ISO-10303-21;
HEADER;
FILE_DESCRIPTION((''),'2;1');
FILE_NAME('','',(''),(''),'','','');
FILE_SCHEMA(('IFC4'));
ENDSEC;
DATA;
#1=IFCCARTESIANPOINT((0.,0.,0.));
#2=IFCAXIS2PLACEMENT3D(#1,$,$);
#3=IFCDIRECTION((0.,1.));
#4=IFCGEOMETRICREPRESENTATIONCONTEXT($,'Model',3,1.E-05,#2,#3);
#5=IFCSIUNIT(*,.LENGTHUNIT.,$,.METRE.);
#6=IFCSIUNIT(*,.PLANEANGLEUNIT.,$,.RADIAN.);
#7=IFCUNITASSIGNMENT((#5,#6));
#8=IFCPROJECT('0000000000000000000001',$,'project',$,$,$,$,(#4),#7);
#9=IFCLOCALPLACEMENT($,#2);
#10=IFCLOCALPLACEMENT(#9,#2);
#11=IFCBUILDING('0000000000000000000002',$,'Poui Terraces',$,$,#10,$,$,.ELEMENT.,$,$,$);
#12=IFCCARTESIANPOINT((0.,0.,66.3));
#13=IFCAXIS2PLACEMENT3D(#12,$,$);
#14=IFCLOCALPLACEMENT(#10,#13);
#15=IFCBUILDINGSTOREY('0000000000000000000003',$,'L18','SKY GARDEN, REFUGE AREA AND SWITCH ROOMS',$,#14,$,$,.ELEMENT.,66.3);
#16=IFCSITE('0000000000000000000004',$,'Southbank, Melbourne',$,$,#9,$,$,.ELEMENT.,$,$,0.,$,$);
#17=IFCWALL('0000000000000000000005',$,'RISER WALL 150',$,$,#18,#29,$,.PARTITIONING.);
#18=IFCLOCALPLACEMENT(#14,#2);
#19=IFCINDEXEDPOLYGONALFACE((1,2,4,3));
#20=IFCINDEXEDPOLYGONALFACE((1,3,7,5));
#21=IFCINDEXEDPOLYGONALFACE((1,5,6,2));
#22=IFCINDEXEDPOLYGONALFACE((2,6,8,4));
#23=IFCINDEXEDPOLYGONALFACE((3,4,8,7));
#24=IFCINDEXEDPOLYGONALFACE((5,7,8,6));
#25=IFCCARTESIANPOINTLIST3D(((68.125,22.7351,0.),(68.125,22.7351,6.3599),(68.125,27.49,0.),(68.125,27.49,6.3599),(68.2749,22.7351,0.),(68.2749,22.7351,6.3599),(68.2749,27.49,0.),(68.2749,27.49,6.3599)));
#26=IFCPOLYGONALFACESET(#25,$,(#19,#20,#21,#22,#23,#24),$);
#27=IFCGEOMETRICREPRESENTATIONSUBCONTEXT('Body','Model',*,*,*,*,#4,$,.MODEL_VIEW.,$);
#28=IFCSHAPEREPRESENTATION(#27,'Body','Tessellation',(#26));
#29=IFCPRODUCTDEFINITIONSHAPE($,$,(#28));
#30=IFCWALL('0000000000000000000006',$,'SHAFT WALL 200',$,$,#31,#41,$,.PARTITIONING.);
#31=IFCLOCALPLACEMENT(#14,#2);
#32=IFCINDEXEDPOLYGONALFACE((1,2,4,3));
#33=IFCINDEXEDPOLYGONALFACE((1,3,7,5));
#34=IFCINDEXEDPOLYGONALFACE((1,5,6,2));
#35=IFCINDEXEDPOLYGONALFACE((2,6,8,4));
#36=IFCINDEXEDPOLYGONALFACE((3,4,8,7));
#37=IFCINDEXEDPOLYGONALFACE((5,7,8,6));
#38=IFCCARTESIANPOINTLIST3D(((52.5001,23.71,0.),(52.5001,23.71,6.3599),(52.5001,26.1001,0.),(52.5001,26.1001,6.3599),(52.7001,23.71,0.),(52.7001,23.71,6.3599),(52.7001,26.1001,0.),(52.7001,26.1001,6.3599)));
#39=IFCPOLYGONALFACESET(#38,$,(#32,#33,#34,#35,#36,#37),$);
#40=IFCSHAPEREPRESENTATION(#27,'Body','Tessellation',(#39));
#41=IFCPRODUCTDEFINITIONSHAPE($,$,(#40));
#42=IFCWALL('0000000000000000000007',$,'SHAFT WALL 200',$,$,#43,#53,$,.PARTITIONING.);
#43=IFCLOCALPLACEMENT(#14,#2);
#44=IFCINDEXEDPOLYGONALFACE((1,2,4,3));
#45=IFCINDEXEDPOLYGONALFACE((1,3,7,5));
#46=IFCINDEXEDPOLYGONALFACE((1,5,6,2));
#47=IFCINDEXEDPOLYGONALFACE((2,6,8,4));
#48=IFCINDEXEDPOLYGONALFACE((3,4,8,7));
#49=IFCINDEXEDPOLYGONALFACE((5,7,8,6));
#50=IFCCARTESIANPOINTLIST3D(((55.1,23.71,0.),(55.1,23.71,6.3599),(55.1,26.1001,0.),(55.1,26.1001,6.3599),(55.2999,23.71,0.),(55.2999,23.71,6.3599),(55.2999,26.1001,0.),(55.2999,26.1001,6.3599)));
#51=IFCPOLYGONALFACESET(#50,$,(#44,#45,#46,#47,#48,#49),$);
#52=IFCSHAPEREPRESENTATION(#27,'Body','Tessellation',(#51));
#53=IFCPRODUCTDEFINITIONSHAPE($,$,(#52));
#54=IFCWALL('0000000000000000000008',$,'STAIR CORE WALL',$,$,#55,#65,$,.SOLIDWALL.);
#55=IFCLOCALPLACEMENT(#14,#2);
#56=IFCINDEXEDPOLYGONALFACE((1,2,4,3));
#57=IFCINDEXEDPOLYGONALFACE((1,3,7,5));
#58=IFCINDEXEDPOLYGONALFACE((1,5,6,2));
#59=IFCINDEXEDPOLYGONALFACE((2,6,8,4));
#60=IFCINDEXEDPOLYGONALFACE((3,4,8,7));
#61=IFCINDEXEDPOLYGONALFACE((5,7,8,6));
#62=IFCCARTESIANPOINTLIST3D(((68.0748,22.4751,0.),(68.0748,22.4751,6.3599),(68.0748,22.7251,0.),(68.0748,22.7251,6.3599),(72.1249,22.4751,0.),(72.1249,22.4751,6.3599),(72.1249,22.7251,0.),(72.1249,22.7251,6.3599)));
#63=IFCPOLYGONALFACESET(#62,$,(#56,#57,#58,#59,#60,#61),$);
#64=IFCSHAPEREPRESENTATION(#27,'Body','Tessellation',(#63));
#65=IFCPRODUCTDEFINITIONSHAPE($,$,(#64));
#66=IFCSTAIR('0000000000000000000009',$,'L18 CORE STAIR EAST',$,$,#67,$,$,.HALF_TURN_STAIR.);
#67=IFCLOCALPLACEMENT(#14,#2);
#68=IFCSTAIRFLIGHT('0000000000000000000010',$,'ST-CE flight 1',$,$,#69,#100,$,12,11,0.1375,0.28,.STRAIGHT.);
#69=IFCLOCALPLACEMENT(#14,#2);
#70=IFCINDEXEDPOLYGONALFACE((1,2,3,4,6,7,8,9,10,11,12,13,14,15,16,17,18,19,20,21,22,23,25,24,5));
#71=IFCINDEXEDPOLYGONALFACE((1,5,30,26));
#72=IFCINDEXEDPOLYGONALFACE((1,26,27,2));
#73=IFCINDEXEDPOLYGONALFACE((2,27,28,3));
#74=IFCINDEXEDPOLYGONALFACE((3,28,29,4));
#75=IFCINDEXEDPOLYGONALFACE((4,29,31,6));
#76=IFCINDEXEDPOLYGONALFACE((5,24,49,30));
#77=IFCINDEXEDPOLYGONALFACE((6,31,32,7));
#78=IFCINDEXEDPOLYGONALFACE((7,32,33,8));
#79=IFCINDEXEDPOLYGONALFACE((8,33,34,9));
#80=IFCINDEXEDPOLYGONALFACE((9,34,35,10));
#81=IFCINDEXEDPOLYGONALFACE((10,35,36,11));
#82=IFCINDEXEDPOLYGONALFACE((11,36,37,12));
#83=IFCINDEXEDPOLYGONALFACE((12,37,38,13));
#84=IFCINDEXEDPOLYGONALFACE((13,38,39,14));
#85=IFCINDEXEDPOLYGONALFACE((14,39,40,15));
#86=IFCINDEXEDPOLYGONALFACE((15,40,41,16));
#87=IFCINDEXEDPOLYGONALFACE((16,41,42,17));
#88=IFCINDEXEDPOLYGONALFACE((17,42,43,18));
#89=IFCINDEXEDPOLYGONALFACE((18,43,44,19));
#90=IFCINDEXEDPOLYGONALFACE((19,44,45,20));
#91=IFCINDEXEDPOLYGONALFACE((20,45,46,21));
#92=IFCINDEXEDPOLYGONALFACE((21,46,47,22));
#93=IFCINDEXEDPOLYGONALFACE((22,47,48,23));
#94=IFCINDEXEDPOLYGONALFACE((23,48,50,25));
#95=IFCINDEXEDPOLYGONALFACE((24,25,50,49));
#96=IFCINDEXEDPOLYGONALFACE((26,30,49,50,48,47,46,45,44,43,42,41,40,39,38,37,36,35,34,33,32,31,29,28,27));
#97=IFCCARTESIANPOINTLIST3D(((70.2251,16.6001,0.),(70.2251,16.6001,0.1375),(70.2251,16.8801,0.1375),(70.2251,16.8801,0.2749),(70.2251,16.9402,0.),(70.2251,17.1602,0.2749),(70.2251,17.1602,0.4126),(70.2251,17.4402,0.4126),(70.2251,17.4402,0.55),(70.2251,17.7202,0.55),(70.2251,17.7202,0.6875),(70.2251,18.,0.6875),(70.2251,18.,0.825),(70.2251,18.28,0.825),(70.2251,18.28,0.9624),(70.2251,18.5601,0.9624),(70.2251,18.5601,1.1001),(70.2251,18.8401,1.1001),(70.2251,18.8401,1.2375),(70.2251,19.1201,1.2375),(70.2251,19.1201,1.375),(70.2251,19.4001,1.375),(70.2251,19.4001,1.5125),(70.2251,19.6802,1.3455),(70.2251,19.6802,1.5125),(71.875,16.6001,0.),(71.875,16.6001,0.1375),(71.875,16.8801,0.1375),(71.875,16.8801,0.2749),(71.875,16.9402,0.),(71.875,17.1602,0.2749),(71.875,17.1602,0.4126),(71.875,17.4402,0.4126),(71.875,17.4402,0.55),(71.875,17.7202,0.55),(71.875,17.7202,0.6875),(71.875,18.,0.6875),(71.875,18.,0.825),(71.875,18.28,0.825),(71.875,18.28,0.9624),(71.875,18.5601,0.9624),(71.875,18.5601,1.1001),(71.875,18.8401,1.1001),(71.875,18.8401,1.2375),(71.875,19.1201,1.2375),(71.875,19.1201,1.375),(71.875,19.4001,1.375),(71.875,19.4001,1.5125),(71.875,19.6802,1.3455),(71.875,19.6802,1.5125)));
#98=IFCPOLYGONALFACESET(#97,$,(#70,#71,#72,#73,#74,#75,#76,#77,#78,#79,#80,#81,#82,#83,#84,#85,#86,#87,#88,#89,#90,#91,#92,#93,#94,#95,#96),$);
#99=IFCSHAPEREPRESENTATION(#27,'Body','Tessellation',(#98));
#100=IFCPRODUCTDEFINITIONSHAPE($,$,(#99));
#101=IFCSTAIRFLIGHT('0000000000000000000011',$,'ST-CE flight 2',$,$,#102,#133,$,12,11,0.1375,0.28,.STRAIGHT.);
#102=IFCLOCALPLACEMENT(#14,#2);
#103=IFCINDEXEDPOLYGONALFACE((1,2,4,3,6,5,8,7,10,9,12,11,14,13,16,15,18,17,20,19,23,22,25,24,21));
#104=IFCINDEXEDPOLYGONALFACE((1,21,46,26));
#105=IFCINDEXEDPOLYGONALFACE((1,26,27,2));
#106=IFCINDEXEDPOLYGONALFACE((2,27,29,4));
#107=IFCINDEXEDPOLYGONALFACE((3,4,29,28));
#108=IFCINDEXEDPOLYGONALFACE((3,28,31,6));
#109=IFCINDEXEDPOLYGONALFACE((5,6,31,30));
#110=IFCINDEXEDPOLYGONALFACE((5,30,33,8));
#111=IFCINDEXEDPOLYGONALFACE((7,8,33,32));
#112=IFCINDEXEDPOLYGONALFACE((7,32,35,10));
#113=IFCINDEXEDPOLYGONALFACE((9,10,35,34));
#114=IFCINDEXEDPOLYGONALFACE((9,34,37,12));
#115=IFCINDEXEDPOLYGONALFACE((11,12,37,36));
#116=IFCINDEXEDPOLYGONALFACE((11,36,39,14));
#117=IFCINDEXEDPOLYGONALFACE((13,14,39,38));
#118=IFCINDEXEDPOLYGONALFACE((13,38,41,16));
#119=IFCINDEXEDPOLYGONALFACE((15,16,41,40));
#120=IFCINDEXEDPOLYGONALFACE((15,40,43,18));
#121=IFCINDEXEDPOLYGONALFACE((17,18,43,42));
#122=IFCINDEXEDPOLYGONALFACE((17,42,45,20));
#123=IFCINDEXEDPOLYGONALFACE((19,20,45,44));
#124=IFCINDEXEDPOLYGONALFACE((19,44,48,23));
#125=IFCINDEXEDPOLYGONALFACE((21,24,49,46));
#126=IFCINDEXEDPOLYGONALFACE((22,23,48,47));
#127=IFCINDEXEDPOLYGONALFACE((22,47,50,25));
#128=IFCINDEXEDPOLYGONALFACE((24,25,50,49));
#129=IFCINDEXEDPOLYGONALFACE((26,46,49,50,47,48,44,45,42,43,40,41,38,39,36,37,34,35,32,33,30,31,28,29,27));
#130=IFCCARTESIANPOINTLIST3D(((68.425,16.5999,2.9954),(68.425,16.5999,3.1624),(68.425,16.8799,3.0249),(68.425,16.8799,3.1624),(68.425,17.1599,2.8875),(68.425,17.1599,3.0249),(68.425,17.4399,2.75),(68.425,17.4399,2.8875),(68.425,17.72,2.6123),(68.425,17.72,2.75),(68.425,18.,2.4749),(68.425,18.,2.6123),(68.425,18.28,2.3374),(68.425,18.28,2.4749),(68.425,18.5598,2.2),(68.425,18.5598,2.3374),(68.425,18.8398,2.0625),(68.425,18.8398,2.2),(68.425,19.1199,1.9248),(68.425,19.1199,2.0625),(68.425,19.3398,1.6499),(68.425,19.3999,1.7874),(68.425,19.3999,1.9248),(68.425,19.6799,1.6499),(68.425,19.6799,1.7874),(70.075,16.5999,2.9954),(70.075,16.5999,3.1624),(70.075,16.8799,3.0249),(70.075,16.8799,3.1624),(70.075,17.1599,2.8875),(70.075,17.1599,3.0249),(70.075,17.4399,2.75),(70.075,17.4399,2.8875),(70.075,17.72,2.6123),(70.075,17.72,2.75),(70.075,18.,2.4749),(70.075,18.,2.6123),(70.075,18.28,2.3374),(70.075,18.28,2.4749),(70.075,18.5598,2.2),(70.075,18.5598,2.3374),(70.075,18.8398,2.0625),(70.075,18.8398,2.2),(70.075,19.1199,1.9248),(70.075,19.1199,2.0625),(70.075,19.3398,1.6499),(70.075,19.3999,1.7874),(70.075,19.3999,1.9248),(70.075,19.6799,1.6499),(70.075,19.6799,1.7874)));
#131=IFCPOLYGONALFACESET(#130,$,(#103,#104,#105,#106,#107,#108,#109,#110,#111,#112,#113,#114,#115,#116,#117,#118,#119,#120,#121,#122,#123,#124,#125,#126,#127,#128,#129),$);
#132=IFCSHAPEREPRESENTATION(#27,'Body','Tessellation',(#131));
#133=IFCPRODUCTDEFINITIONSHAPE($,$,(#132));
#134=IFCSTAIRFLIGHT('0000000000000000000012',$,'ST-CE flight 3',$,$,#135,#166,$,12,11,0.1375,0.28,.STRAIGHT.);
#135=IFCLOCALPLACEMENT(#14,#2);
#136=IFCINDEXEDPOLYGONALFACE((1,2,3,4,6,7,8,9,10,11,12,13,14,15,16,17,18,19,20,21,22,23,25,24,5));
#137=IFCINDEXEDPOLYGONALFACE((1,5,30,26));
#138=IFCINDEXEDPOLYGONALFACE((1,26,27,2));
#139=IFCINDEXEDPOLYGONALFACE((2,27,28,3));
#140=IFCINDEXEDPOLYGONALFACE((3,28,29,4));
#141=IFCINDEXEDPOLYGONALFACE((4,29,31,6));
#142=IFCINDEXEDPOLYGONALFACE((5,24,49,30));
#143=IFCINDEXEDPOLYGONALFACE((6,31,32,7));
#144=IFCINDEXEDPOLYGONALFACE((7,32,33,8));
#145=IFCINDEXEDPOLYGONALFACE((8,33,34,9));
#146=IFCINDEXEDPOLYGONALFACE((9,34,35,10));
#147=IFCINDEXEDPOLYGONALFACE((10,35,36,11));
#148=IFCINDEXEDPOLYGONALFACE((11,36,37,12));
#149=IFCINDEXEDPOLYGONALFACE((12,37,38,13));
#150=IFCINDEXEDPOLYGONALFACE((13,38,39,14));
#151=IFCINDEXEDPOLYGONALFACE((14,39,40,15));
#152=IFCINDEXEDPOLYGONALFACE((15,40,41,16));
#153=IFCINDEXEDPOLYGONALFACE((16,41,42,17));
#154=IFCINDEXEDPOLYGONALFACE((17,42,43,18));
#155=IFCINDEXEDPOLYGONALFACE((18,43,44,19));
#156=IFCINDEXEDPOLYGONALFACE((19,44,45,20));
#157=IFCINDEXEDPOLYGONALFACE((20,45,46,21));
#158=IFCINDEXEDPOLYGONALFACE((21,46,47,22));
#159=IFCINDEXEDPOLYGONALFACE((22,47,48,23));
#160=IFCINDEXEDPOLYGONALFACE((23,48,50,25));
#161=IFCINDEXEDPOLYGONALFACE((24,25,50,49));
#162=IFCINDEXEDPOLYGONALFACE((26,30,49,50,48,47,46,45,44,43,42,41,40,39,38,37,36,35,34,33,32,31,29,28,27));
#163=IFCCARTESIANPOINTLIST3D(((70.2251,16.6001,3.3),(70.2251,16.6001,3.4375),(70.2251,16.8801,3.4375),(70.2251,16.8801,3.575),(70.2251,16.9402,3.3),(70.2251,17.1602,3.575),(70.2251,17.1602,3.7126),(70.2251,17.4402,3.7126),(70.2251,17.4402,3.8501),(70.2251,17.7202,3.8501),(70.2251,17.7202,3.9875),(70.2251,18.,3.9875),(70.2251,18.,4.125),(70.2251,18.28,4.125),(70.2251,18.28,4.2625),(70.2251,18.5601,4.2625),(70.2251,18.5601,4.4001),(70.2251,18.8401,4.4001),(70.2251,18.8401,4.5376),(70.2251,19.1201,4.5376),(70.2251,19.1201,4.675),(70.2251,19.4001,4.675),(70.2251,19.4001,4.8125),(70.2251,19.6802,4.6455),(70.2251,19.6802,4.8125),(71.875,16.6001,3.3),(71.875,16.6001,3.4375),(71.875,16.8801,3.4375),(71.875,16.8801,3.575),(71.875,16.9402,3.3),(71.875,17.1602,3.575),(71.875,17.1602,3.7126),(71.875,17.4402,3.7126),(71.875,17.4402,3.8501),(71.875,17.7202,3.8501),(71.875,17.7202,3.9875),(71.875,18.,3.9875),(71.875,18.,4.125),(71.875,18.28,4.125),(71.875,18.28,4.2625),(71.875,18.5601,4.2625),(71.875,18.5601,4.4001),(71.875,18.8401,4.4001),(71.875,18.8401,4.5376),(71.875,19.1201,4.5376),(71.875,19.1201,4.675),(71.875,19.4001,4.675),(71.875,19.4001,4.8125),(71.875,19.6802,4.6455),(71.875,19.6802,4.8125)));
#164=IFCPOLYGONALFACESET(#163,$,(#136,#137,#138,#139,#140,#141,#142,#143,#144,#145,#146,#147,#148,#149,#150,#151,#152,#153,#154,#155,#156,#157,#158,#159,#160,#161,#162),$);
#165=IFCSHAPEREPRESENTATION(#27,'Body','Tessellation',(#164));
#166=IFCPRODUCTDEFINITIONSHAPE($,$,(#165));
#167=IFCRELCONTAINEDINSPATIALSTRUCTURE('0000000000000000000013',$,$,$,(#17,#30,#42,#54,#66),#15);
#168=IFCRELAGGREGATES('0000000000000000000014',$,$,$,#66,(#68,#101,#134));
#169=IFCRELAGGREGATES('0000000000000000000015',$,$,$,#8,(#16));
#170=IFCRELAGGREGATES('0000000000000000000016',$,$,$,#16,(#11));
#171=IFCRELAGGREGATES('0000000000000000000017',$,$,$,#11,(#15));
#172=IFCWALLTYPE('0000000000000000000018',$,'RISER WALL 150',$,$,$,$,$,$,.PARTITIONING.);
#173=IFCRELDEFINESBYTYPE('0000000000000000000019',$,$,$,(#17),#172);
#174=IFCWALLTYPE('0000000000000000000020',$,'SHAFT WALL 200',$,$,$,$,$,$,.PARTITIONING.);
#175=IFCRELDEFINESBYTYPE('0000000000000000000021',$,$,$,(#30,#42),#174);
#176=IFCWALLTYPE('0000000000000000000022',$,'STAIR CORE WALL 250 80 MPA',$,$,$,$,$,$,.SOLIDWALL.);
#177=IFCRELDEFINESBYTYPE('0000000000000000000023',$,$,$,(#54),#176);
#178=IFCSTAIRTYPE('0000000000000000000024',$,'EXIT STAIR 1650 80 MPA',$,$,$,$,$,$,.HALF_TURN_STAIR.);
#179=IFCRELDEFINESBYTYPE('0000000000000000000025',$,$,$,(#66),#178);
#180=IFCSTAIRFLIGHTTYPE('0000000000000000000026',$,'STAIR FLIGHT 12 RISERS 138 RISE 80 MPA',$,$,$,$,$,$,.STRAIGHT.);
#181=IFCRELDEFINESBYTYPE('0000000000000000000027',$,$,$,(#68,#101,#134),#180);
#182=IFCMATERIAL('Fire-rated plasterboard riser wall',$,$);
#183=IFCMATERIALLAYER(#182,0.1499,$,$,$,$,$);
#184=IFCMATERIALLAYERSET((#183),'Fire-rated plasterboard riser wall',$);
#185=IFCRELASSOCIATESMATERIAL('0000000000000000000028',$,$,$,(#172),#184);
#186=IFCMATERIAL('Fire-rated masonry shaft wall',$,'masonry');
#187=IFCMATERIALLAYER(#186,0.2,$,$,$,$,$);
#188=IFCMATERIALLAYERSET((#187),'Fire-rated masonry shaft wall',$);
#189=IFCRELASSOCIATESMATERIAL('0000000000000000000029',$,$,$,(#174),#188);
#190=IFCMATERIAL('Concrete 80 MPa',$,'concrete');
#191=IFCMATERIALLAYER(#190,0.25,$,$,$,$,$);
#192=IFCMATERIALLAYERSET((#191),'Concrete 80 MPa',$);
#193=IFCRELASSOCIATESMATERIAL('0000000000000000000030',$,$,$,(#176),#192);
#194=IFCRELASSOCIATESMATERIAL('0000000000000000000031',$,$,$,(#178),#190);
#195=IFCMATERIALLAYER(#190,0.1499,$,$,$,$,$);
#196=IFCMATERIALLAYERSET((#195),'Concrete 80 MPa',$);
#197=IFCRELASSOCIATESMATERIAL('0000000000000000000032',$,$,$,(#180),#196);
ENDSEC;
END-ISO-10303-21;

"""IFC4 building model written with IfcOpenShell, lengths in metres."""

from ifc_helpers import new_model, si_unit, direction, frame, frame_2d, origin, place, context, subcontext, project, spatial, polyline, rectangle, outline, extrude, material, layer, layer_set, type_object, element, aggregate, save


model = new_model("IFC4")

# Units and contexts
model_context = context("Model", 3, precision=1e-05, world=origin(), true_north=direction((0.0, 1.0)))
body_context = subcontext(model_context, "Body", "Model", "MODEL_VIEW")
ifc_project = project(units=[si_unit("LENGTHUNIT", "METRE"), si_unit("PLANEANGLEUNIT", "RADIAN")], contexts=[model_context])

# Site, building, storey
site_placement = place(None, origin())
site = spatial("IfcSite", under=ifc_project, at=site_placement, Name="Southbank, Melbourne", CompositionType="ELEMENT", RefElevation=0.0)
building_placement = place(site_placement, origin())
building = spatial("IfcBuilding", under=site, at=building_placement, Name="Poui Terraces", CompositionType="ELEMENT")
storey_placement = place(building_placement, frame((0.0, 0.0, 66.3)))
storey = spatial("IfcBuildingStorey", under=building, at=storey_placement, Name="L18", Description="SKY GARDEN, REFUGE AREA AND SWITCH ROOMS", CompositionType="ELEMENT", Elevation=66.3)

# Walls
ifc_material_1 = material(Name="Fire-rated plasterboard riser wall")
ifc_layer_1 = layer(ifc_material_1, 0.1499)
ifc_layer_set_1 = layer_set([ifc_layer_1], Name="Fire-rated plasterboard riser wall")
wall_type_1 = type_object("IfcWallType", Name="RISER WALL 150", PredefinedType="PARTITIONING", material=ifc_layer_set_1)
wall_1_placement = place(storey_placement, frame((68.2, 22.7351, 0.0), z_axis=(0.0, 0.0, 1.0), x_axis=(0.0, 1.0, 0.0)))
element("IfcWall", 1, at=wall_1_placement, inside=storey, type_object=wall_type_1, Name="RISER WALL 150", PredefinedType="PARTITIONING", context=body_context, shape_type="SweptSolid", body=[
    extrude(rectangle(XDim=4.7549, YDim=0.1499, at=frame_2d((2.3774, 0.0))), origin(), (0.0, 0.0, 1.0), 6.3599),
])
ifc_material_2 = material(Name="Fire-rated masonry shaft wall", Category="masonry")
ifc_layer_2 = layer(ifc_material_2, 0.2)
ifc_layer_set_2 = layer_set([ifc_layer_2], Name="Fire-rated masonry shaft wall")
wall_type_2 = type_object("IfcWallType", Name="SHAFT WALL 200", PredefinedType="PARTITIONING", material=ifc_layer_set_2)
for number, where, z_axis, x_axis, name in (
    (2, (52.6001, 23.71, 0.0), (0.0, 0.0, 1.0), (0.0, 1.0, 0.0), "SHAFT WALL 200"),
    (3, (55.2, 23.71, 0.0), (0.0, 0.0, 1.0), (0.0, 1.0, 0.0), "SHAFT WALL 200"),
):
    element("IfcWall", number, at=place(storey_placement, frame(where, z_axis=z_axis, x_axis=x_axis)), inside=storey, type_object=wall_type_2, Name=name, PredefinedType="PARTITIONING", context=body_context, shape_type="SweptSolid", body=[
        extrude(rectangle(XDim=2.3901, YDim=0.2, at=frame_2d((1.1951, 0.0))), origin(), (0.0, 0.0, 1.0), 6.3599),
    ])
ifc_material_3 = material(Name="Concrete 80 MPa", Category="concrete")
ifc_layer_3 = layer(ifc_material_3, 0.25)
ifc_layer_set_3 = layer_set([ifc_layer_3], Name="Concrete 80 MPa")
wall_type_3 = type_object("IfcWallType", Name="STAIR CORE WALL 250 80 MPA", PredefinedType="SOLIDWALL", material=ifc_layer_set_3)
wall_2_placement = place(storey_placement, frame((68.075, 22.6001, 0.0), z_axis=(0.0, 0.0, 1.0), x_axis=(1.0, 0.0, 0.0)))
element("IfcWall", 4, at=wall_2_placement, inside=storey, type_object=wall_type_3, Name="STAIR CORE WALL", PredefinedType="SOLIDWALL", context=body_context, shape_type="SweptSolid", body=[
    extrude(rectangle(XDim=4.05, YDim=0.25, at=frame_2d((2.0249, 0.0))), origin(), (0.0, 0.0, 1.0), 6.3599),
])

# Stair, stair flights
stair_type = type_object("IfcStairType", Name="EXIT STAIR 1650 80 MPA", PredefinedType="HALF_TURN_STAIR", material=ifc_material_3)
stair_placement = place(storey_placement, origin())
stair = element("IfcStair", 5, at=stair_placement, inside=storey, type_object=stair_type, Name="L18 CORE STAIR EAST", PredefinedType="HALF_TURN_STAIR")
ifc_layer_4 = layer(ifc_material_3, 0.1499)
ifc_layer_set_4 = layer_set([ifc_layer_4], Name="Concrete 80 MPa")
stair_flight_type = type_object("IfcStairFlightType", Name="STAIR FLIGHT 12 RISERS 138 RISE 80 MPA", PredefinedType="STRAIGHT", material=ifc_layer_set_4)
stair_flight_1_placement = place(storey_placement, frame((71.05, 16.6001, 0.0), z_axis=(0.0, 0.0, 1.0), x_axis=(0.0, 1.0, 0.0)))
stair_flight_1 = element("IfcStairFlight", 6, at=stair_flight_1_placement, type_object=stair_flight_type, Name="ST-CE flight 1", NumberOfRisers=12, NumberOfTreads=11, PredefinedType="STRAIGHT", RiserHeight=0.1375, TreadLength=0.28, context=body_context, shape_type="SweptSolid", body=[
    extrude(outline(polyline([(0.0, 0.0), (0.0, 0.1375), (0.28, 0.1375), (0.28, 0.2749), (0.5601, 0.2749), (0.5601, 0.4126), (0.8401, 0.4126), (0.8401, 0.55), (1.1201, 0.55), (1.1201, 0.6875), (1.3999, 0.6875), (1.3999, 0.825), (1.6799, 0.825), (1.6799, 0.9624), (1.96, 0.9624), (1.96, 1.1001), (2.24, 1.1001), (2.24, 1.2375), (2.52, 1.2375), (2.52, 1.375), (2.8, 1.375), (2.8, 1.5125), (3.0801, 1.5125), (3.0801, 1.6499), (3.0801, 1.3455), (0.3401, 0.0), (0.0, 0.0)])), frame((0.0, 0.825, 0.0), z_axis=(0.0, -1.0, 0.0), x_axis=(1.0, 0.0, 0.0)), (0.0, 0.0, 1.0), 1.6499),
])
stair_flight_2_placement = place(storey_placement, frame((69.25, 19.6799, 1.6499), z_axis=(0.0, 0.0, 1.0), x_axis=(0.0, -1.0, 0.0)))
stair_flight_2 = element("IfcStairFlight", 7, at=stair_flight_2_placement, type_object=stair_flight_type, Name="ST-CE flight 2", NumberOfRisers=12, NumberOfTreads=11, PredefinedType="STRAIGHT", RiserHeight=0.1375, TreadLength=0.28, context=body_context, shape_type="SweptSolid", body=[
    extrude(outline(polyline([(0.0, 0.0), (0.0, 0.1375), (0.28, 0.1375), (0.28, 0.2749), (0.5601, 0.2749), (0.5601, 0.4126), (0.8401, 0.4126), (0.8401, 0.55), (1.1201, 0.55), (1.1201, 0.6875), (1.3999, 0.6875), (1.3999, 0.825), (1.6799, 0.825), (1.6799, 0.9624), (1.96, 0.9624), (1.96, 1.1001), (2.24, 1.1001), (2.24, 1.2375), (2.52, 1.2375), (2.52, 1.375), (2.8, 1.375), (2.8, 1.5125), (3.0801, 1.5125), (3.0801, 1.6499), (3.0801, 1.3455), (0.3401, 0.0), (0.0, 0.0)])), frame((0.0, 0.825, 0.0), z_axis=(0.0, -1.0, 0.0), x_axis=(1.0, 0.0, 0.0)), (0.0, 0.0, 1.0), 1.6499),
])
stair_flight_3_placement = place(storey_placement, frame((71.05, 16.6001, 3.3), z_axis=(0.0, 0.0, 1.0), x_axis=(0.0, 1.0, 0.0)))
stair_flight_3 = element("IfcStairFlight", 8, at=stair_flight_3_placement, type_object=stair_flight_type, Name="ST-CE flight 3", NumberOfRisers=12, NumberOfTreads=11, PredefinedType="STRAIGHT", RiserHeight=0.1375, TreadLength=0.28, context=body_context, shape_type="SweptSolid", body=[
    extrude(outline(polyline([(0.0, 0.0), (0.0, 0.1375), (0.28, 0.1375), (0.28, 0.2749), (0.5601, 0.2749), (0.5601, 0.4126), (0.8401, 0.4126), (0.8401, 0.55), (1.1201, 0.55), (1.1201, 0.6875), (1.3999, 0.6875), (1.3999, 0.825), (1.6799, 0.825), (1.6799, 0.9624), (1.96, 0.9624), (1.96, 1.1001), (2.24, 1.1001), (2.24, 1.2375), (2.52, 1.2375), (2.52, 1.375), (2.8, 1.375), (2.8, 1.5125), (3.0801, 1.5125), (3.0801, 1.6499), (3.0801, 1.3455), (0.3401, 0.0), (0.0, 0.0)])), frame((0.0, 0.825, 0.0), z_axis=(0.0, -1.0, 0.0), x_axis=(1.0, 0.0, 0.0)), (0.0, 0.0, 1.0), 1.6499),
])
aggregate(stair, [stair_flight_1, stair_flight_2, stair_flight_3])

save(model, "model.ifc")
